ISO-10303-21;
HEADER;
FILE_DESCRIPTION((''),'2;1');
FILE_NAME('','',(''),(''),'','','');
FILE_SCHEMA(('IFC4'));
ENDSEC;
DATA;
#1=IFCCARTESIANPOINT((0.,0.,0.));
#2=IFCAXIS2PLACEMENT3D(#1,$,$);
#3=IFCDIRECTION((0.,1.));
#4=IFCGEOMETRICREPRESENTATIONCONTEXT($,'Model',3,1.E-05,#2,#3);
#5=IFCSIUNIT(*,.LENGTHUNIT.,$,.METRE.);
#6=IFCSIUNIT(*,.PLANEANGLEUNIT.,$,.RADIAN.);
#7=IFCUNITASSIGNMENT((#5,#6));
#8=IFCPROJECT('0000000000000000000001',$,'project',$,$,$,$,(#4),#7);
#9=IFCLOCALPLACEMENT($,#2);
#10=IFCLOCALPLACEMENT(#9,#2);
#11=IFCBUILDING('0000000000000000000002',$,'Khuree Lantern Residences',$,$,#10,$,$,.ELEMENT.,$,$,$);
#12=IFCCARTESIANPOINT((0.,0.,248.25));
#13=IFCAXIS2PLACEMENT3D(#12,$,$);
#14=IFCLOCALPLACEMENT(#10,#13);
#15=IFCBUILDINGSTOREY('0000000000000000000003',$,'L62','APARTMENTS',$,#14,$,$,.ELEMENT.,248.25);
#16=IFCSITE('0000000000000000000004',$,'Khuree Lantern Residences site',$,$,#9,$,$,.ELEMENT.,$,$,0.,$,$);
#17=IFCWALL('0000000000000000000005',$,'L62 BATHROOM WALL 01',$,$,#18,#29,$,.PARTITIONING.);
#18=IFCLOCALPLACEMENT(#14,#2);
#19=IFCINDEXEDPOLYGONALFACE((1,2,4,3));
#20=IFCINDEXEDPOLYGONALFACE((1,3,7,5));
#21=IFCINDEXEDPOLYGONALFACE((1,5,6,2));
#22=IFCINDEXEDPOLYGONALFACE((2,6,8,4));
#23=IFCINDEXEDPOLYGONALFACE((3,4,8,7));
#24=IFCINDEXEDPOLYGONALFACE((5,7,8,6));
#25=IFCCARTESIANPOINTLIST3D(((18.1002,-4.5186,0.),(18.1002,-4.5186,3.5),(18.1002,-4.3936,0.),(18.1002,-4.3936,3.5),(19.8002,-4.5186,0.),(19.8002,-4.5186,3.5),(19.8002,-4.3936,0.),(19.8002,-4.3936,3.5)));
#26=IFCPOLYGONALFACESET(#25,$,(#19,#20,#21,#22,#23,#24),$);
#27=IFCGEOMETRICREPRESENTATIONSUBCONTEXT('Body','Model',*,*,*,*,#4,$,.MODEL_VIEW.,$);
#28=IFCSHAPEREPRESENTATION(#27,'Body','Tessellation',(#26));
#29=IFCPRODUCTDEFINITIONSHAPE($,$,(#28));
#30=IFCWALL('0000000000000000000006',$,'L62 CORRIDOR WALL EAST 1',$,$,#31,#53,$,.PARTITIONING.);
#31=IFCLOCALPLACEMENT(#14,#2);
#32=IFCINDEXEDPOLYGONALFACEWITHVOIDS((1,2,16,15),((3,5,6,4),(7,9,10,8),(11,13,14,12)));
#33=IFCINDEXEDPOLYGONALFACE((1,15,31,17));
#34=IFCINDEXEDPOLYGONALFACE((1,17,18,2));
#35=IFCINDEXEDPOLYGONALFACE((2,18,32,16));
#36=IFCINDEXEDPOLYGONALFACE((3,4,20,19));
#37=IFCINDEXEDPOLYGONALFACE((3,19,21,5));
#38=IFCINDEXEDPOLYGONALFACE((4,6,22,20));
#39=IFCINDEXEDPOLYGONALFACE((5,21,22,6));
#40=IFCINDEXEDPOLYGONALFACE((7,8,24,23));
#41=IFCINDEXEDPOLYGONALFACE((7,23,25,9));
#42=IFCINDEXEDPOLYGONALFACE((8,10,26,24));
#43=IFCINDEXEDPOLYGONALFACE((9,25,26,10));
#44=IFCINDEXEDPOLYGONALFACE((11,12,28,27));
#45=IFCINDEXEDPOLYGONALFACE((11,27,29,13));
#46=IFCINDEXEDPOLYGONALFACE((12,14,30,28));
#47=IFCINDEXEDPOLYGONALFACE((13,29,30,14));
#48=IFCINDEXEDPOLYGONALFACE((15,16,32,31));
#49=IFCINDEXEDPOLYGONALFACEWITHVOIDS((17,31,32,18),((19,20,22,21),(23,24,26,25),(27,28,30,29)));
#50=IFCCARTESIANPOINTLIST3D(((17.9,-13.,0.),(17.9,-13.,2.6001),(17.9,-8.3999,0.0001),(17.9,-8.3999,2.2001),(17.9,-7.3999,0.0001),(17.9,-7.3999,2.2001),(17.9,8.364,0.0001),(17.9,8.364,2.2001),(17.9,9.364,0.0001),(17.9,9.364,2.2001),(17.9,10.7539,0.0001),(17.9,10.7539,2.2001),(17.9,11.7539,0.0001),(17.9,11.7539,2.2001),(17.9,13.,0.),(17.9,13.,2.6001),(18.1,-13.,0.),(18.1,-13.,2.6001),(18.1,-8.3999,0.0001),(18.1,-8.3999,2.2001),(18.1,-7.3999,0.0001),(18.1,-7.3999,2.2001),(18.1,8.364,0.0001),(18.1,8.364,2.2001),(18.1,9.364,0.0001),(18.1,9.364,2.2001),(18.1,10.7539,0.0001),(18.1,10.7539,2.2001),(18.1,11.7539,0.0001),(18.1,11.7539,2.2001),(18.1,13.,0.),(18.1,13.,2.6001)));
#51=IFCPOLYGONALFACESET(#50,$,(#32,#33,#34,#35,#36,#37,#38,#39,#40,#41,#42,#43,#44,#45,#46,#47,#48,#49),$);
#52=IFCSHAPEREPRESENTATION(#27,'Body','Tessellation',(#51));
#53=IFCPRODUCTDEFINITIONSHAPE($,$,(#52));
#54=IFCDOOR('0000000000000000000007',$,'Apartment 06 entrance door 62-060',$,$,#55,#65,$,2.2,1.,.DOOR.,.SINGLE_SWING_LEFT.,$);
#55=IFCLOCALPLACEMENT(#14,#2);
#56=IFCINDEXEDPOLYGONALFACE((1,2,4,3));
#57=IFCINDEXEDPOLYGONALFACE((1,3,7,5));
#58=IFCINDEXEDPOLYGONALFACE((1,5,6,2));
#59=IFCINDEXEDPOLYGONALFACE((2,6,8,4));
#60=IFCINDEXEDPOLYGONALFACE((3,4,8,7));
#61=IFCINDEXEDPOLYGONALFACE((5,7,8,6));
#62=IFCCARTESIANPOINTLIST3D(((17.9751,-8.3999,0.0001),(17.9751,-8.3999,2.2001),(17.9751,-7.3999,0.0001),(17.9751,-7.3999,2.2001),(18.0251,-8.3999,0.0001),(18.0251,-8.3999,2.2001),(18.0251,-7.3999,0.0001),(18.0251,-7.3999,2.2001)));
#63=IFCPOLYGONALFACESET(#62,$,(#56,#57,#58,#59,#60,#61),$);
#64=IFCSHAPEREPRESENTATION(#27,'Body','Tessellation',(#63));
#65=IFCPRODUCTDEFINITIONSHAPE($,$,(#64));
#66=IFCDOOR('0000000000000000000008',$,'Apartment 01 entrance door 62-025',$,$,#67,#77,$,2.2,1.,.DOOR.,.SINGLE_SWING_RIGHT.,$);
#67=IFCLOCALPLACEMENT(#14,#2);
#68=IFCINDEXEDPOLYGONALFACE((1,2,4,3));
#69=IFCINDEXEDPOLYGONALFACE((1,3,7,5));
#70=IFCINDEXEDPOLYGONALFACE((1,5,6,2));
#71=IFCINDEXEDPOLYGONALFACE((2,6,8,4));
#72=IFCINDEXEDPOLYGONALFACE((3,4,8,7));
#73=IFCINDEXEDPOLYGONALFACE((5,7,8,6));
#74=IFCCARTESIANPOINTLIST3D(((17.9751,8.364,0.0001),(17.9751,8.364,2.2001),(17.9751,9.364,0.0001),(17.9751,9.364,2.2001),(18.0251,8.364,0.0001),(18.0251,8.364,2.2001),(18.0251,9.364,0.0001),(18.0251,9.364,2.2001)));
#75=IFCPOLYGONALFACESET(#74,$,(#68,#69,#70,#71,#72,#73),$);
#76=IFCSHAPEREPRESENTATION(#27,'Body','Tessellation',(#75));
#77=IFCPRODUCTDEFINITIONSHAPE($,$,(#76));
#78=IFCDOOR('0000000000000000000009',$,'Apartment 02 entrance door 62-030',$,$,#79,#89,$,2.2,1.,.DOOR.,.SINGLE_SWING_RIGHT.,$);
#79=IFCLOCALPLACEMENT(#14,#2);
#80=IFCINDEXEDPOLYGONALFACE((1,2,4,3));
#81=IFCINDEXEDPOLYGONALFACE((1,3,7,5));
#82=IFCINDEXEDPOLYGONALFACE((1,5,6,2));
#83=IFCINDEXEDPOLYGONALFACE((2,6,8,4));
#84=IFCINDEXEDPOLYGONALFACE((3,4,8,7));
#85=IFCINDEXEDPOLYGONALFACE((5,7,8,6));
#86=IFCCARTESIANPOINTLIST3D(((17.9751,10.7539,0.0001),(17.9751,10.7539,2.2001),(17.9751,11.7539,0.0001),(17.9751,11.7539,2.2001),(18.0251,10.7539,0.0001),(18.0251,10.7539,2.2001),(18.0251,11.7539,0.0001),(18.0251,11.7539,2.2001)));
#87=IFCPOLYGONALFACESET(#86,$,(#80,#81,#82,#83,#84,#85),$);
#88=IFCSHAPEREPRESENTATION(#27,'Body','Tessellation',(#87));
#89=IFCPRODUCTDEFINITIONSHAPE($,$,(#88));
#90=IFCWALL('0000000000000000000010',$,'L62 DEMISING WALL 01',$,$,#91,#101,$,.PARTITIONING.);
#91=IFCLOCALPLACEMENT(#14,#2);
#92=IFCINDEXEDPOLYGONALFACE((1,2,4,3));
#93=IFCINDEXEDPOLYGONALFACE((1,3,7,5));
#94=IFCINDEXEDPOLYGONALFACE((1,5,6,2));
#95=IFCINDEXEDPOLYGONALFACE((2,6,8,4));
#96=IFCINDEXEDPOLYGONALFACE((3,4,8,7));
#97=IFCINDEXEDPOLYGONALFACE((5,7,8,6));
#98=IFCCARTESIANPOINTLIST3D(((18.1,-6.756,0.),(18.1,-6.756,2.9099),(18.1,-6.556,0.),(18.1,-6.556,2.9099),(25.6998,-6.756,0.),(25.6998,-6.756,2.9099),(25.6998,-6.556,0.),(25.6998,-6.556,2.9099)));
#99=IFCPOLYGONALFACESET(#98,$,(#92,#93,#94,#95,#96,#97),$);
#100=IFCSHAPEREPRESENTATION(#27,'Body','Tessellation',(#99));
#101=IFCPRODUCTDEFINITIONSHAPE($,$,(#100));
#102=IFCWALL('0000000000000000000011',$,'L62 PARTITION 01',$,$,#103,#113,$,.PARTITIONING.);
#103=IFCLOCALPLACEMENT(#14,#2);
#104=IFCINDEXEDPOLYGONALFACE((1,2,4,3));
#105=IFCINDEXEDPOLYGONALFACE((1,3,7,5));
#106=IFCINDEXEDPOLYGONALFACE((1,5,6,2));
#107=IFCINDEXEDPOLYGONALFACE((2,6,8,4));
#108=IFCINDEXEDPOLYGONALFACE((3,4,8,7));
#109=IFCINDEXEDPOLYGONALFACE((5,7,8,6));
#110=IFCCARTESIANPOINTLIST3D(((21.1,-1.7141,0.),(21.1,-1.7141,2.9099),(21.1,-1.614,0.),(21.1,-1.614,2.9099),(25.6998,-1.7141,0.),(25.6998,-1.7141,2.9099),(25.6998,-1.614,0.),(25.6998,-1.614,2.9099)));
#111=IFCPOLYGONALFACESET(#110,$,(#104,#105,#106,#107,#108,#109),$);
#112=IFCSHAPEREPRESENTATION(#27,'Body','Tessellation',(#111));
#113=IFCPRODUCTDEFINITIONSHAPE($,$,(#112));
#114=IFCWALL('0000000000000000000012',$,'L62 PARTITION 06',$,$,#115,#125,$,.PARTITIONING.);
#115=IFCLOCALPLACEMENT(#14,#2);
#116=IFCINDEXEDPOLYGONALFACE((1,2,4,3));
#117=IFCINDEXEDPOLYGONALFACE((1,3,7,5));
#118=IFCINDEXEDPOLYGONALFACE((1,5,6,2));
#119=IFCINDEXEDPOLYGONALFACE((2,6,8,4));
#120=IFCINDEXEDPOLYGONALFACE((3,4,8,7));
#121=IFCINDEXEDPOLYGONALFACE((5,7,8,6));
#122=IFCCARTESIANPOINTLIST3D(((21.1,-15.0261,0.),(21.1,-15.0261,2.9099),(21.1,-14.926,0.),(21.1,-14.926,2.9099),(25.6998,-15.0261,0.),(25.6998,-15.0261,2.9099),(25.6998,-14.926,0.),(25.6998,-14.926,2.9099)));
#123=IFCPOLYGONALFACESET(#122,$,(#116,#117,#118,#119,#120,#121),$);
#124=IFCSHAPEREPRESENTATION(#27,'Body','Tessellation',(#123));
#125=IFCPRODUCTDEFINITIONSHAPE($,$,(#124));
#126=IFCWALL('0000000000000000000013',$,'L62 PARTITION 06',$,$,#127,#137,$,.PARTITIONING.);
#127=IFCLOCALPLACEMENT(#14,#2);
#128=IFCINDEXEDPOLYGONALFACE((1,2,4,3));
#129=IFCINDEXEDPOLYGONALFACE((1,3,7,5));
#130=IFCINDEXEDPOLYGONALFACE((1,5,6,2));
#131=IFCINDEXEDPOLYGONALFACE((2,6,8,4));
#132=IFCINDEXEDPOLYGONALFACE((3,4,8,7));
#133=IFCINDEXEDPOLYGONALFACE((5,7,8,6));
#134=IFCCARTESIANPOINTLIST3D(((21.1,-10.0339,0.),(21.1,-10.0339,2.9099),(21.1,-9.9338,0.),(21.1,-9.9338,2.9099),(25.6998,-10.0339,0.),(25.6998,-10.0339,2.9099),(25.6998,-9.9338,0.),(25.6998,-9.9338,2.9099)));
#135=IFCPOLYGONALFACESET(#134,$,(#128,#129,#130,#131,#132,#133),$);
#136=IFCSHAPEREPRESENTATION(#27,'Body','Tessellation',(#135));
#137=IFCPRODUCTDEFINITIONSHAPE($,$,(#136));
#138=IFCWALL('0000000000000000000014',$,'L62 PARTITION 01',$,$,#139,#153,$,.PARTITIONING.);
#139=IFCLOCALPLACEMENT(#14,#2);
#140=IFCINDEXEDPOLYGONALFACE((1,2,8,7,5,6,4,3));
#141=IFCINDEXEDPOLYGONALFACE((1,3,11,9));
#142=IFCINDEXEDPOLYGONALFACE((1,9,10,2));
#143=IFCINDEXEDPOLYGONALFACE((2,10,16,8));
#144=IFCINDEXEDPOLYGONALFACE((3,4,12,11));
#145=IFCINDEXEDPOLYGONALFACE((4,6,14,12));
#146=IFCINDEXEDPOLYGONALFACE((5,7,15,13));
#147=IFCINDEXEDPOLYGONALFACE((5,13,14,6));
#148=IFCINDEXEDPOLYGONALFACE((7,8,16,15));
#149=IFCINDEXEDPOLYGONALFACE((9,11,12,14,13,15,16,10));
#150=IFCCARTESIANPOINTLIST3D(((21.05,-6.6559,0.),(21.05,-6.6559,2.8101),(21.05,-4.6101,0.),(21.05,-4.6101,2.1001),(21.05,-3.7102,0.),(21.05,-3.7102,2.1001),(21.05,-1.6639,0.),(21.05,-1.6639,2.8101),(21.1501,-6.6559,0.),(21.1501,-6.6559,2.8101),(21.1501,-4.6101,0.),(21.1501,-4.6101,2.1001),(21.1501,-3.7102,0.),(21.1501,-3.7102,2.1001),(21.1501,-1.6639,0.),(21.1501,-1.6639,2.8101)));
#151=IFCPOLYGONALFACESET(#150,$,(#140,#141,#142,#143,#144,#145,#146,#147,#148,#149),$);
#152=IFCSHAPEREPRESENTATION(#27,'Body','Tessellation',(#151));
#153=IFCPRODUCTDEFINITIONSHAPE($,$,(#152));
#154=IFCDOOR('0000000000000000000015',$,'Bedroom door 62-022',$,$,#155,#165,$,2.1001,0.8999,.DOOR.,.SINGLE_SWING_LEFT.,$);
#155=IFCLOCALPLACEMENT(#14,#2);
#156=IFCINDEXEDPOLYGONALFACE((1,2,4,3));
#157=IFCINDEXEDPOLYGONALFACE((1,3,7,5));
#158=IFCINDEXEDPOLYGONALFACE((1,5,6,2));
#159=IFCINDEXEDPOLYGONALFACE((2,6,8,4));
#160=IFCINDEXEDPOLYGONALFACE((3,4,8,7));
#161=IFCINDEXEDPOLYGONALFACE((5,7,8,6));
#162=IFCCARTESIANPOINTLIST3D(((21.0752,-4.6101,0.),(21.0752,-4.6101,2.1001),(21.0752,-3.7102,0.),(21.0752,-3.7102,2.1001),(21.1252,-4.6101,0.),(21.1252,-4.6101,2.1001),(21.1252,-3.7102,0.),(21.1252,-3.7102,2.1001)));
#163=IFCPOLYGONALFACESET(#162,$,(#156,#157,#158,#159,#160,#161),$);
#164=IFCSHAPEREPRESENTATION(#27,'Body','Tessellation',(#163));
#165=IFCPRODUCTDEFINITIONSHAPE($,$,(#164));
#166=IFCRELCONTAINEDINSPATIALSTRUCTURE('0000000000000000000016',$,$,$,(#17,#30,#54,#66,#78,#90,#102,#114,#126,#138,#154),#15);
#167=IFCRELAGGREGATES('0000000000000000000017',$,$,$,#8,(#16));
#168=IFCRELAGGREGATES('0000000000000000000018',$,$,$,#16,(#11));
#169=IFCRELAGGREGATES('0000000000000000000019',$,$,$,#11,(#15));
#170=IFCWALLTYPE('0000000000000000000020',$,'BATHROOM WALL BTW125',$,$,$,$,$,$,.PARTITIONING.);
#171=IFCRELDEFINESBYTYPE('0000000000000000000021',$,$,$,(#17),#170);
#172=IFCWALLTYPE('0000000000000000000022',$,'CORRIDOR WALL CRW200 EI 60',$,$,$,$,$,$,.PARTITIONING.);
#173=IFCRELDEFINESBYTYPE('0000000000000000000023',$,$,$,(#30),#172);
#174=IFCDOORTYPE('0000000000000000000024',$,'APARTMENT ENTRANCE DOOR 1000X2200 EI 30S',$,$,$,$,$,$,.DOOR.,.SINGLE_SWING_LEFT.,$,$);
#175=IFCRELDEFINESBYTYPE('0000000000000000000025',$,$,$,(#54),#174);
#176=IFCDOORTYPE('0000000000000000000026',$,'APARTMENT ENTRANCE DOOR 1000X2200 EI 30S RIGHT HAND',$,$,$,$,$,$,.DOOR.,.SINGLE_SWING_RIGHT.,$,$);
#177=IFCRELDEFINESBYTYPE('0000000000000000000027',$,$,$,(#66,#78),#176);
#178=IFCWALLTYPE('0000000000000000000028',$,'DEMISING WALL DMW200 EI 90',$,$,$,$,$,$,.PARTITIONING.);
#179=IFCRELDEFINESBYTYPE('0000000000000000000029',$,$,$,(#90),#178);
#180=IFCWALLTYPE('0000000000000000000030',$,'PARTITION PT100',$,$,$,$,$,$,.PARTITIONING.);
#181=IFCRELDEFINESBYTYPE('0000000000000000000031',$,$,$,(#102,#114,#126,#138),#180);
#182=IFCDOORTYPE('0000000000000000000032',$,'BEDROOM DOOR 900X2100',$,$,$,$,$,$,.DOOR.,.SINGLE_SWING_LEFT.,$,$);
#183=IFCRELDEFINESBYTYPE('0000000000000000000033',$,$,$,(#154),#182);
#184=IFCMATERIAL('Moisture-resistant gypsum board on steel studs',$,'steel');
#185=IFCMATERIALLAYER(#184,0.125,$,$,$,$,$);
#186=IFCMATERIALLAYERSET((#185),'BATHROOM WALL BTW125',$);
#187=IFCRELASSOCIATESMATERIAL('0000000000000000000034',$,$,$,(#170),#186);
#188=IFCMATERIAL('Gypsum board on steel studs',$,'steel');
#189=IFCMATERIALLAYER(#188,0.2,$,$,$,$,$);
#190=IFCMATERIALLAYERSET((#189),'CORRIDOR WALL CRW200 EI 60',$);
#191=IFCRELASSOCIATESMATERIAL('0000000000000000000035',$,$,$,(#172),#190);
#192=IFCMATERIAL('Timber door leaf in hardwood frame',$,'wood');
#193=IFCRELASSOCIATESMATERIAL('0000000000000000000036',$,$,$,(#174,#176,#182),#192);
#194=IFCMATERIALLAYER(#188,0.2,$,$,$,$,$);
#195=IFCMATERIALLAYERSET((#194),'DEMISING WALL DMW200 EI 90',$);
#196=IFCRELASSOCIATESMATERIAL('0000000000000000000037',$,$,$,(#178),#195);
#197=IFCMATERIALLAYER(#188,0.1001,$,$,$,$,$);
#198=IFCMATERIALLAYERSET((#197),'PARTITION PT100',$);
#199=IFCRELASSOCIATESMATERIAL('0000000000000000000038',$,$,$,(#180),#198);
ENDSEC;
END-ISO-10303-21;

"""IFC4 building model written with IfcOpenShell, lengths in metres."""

from ifc_helpers import new_model, si_unit, direction, frame, frame_2d, origin, place, context, subcontext, project, spatial, rectangle, extrude, material, layer, layer_set, type_object, element, fill, save


model = new_model("IFC4")

# Units and contexts
model_context = context("Model", 3, precision=1e-05, world=origin(), true_north=direction((0.0, 1.0)))
body_context = subcontext(model_context, "Body", "Model", "MODEL_VIEW")
ifc_project = project(units=[si_unit("LENGTHUNIT", "METRE"), si_unit("PLANEANGLEUNIT", "RADIAN")], contexts=[model_context])

# Site, building, storey
site_placement = place(None, origin())
site = spatial("IfcSite", under=ifc_project, at=site_placement, Name="Khuree Lantern Residences site", CompositionType="ELEMENT", RefElevation=0.0)
building_placement = place(site_placement, origin())
building = spatial("IfcBuilding", under=site, at=building_placement, Name="Khuree Lantern Residences", CompositionType="ELEMENT")
storey_placement = place(building_placement, frame((0.0, 0.0, 248.25)))
storey = spatial("IfcBuildingStorey", under=building, at=storey_placement, Name="L62", Description="APARTMENTS", CompositionType="ELEMENT", Elevation=248.25)

# Shared definitions
ifc_material_1 = material(Name="Moisture-resistant gypsum board on steel studs", Category="steel")
ifc_layer_1 = layer(ifc_material_1, 0.125)
ifc_layer_set_1 = layer_set([ifc_layer_1], Name="BATHROOM WALL BTW125")
wall_type_1 = type_object("IfcWallType", Name="BATHROOM WALL BTW125", PredefinedType="PARTITIONING", material=ifc_layer_set_1)
ifc_material_2 = material(Name="Timber door leaf in hardwood frame", Category="wood")

# Wall
wall_1_placement = place(storey_placement, frame((18.1001, -4.4561, 0.0), z_axis=(0.0, 0.0, 1.0), x_axis=(1.0, 0.0, 0.0)))
element("IfcWall", 1, at=wall_1_placement, inside=storey, type_object=wall_type_1, Name="L62 BATHROOM WALL 01", PredefinedType="PARTITIONING", context=body_context, shape_type="SweptSolid", body=[
    extrude(rectangle(XDim=1.7, YDim=0.125, at=frame_2d((0.8501, 0.0))), origin(), (0.0, 0.0, 1.0), 3.5),
])

# Wall, openings, doors
ifc_material_3 = material(Name="Gypsum board on steel studs", Category="steel")
ifc_layer_2 = layer(ifc_material_3, 0.2)
ifc_layer_set_2 = layer_set([ifc_layer_2], Name="CORRIDOR WALL CRW200 EI 60")
wall_type_2 = type_object("IfcWallType", Name="CORRIDOR WALL CRW200 EI 60", PredefinedType="PARTITIONING", material=ifc_layer_set_2)
wall_2_placement = place(storey_placement, frame((18.0, -13.0, 0.0), z_axis=(0.0, 0.0, 1.0), x_axis=(0.0, 1.0, 0.0)))
wall_2 = element("IfcWall", 2, at=wall_2_placement, inside=storey, type_object=wall_type_2, Name="L62 CORRIDOR WALL EAST 1", PredefinedType="PARTITIONING", context=body_context, shape_type="SweptSolid", body=[
    extrude(rectangle(XDim=26.0, YDim=0.2, at=frame_2d((13.0, 0.0))), origin(), (0.0, 0.0, 1.0), 2.6001),
])
opening_1_placement = place(wall_2_placement, frame((21.364, 0.0, 0.0)))
opening_1 = element("IfcOpeningElement", 3, at=opening_1_placement, cuts=wall_2, PredefinedType="OPENING", context=body_context, shape_type="SweptSolid", body=[
    extrude(rectangle(XDim=1.0, YDim=2.2, at=frame_2d((0.5, 1.1001))), frame((0.0, 0.1099, 0.0), z_axis=(0.0, -1.0, 0.0), x_axis=(1.0, 0.0, 0.0)), (0.0, 0.0, 1.0), 0.22),
])
opening_2_placement = place(wall_2_placement, frame((23.7539, 0.0, 0.0)))
opening_2 = element("IfcOpeningElement", 4, at=opening_2_placement, cuts=wall_2, PredefinedType="OPENING", context=body_context, shape_type="SweptSolid", body=[
    extrude(rectangle(XDim=1.0, YDim=2.2, at=frame_2d((0.5, 1.1001))), frame((0.0, 0.1099, 0.0), z_axis=(0.0, -1.0, 0.0), x_axis=(1.0, 0.0, 0.0)), (0.0, 0.0, 1.0), 0.22),
])
opening_3_placement = place(wall_2_placement, frame((4.6001, 0.0, 0.0)))
opening_3 = element("IfcOpeningElement", 5, at=opening_3_placement, cuts=wall_2, PredefinedType="OPENING", context=body_context, shape_type="SweptSolid", body=[
    extrude(rectangle(XDim=1.0, YDim=2.2, at=frame_2d((0.5, 1.1001))), frame((0.0, 0.1099, 0.0), z_axis=(0.0, -1.0, 0.0), x_axis=(1.0, 0.0, 0.0)), (0.0, 0.0, 1.0), 0.22),
])
door_type_1 = type_object("IfcDoorType", Name="APARTMENT ENTRANCE DOOR 1000X2200 EI 30S", OperationType="SINGLE_SWING_LEFT", PredefinedType="DOOR", material=ifc_material_2)
door_1_placement = place(opening_3_placement, origin())
door_1 = element("IfcDoor", 6, at=door_1_placement, inside=storey, type_object=door_type_1, Name="Apartment 06 entrance door 62-060", OperationType="SINGLE_SWING_LEFT", OverallHeight=2.2, OverallWidth=1.0, PredefinedType="DOOR", context=body_context, shape_type="SweptSolid", body=[
    extrude(rectangle(XDim=1.0, YDim=2.2, at=frame_2d((0.5, 1.1001))), frame((0.0, 0.0249, 0.0), z_axis=(0.0, -1.0, 0.0), x_axis=(1.0, 0.0, 0.0)), (0.0, 0.0, 1.0), 0.05),
])
fill(opening_3, door_1)
door_type_2 = type_object("IfcDoorType", Name="APARTMENT ENTRANCE DOOR 1000X2200 EI 30S RIGHT HAND", OperationType="SINGLE_SWING_RIGHT", PredefinedType="DOOR", material=ifc_material_2)
door_2_placement = place(opening_1_placement, origin())
door_2 = element("IfcDoor", 7, at=door_2_placement, inside=storey, type_object=door_type_2, Name="Apartment 01 entrance door 62-025", OperationType="SINGLE_SWING_RIGHT", OverallHeight=2.2, OverallWidth=1.0, PredefinedType="DOOR", context=body_context, shape_type="SweptSolid", body=[
    extrude(rectangle(XDim=1.0, YDim=2.2, at=frame_2d((0.5, 1.1001))), frame((0.0, 0.0249, 0.0), z_axis=(0.0, -1.0, 0.0), x_axis=(1.0, 0.0, 0.0)), (0.0, 0.0, 1.0), 0.05),
])
fill(opening_1, door_2)
door_3_placement = place(opening_2_placement, origin())
door_3 = element("IfcDoor", 8, at=door_3_placement, inside=storey, type_object=door_type_2, Name="Apartment 02 entrance door 62-030", OperationType="SINGLE_SWING_RIGHT", OverallHeight=2.2, OverallWidth=1.0, PredefinedType="DOOR", context=body_context, shape_type="SweptSolid", body=[
    extrude(rectangle(XDim=1.0, YDim=2.2, at=frame_2d((0.5, 1.1001))), frame((0.0, 0.0249, 0.0), z_axis=(0.0, -1.0, 0.0), x_axis=(1.0, 0.0, 0.0)), (0.0, 0.0, 1.0), 0.05),
])
fill(opening_2, door_3)

# Walls
ifc_layer_3 = layer(ifc_material_3, 0.2)
ifc_layer_set_3 = layer_set([ifc_layer_3], Name="DEMISING WALL DMW200 EI 90")
wall_type_3 = type_object("IfcWallType", Name="DEMISING WALL DMW200 EI 90", PredefinedType="PARTITIONING", material=ifc_layer_set_3)
wall_3_placement = place(storey_placement, frame((18.1001, -6.656, 0.0), z_axis=(0.0, 0.0, 1.0), x_axis=(1.0, 0.0, 0.0)))
element("IfcWall", 9, at=wall_3_placement, inside=storey, type_object=wall_type_3, Name="L62 DEMISING WALL 01", PredefinedType="PARTITIONING", context=body_context, shape_type="SweptSolid", body=[
    extrude(rectangle(XDim=7.5999, YDim=0.2, at=frame_2d((3.7998, 0.0))), origin(), (0.0, 0.0, 1.0), 2.9099),
])
ifc_layer_4 = layer(ifc_material_3, 0.1001)
ifc_layer_set_4 = layer_set([ifc_layer_4], Name="PARTITION PT100")
wall_type_4 = type_object("IfcWallType", Name="PARTITION PT100", PredefinedType="PARTITIONING", material=ifc_layer_set_4)
for number, where, z_axis, x_axis, name in (
    (10, (21.1001, -1.6641, 0.0), (0.0, 0.0, 1.0), (1.0, 0.0, 0.0), "L62 PARTITION 01"),
    (11, (21.1001, -14.9761, 0.0), (0.0, 0.0, 1.0), (1.0, 0.0, 0.0), "L62 PARTITION 06"),
    (12, (21.1001, -9.9839, 0.0), (0.0, 0.0, 1.0), (1.0, 0.0, 0.0), "L62 PARTITION 06"),
):
    element("IfcWall", number, at=place(storey_placement, frame(where, z_axis=z_axis, x_axis=x_axis)), inside=storey, type_object=wall_type_4, Name=name, PredefinedType="PARTITIONING", context=body_context, shape_type="SweptSolid", body=[
        extrude(rectangle(XDim=4.5999, YDim=0.1001, at=frame_2d((2.2998, 0.0))), origin(), (0.0, 0.0, 1.0), 2.9099),
    ])

# Wall, opening, door
wall_4_placement = place(storey_placement, frame((21.1001, -6.656, 0.0), z_axis=(0.0, 0.0, 1.0), x_axis=(0.0, 1.0, 0.0)))
wall_4 = element("IfcWall", 13, at=wall_4_placement, inside=storey, type_object=wall_type_4, Name="L62 PARTITION 01", PredefinedType="PARTITIONING", context=body_context, shape_type="SweptSolid", body=[
    extrude(rectangle(XDim=4.9919, YDim=0.1001, at=frame_2d((2.4961, 0.0))), origin(), (0.0, 0.0, 1.0), 2.8101),
])
opening_4_placement = place(wall_4_placement, frame((2.0459, 0.0, 0.0)))
opening_4 = element("IfcOpeningElement", 14, at=opening_4_placement, cuts=wall_4, PredefinedType="OPENING", context=body_context, shape_type="SweptSolid", body=[
    extrude(rectangle(XDim=0.8999, YDim=2.1001, at=frame_2d((0.45, 1.05))), frame((0.0, 0.0601, 0.0), z_axis=(0.0, -1.0, 0.0), x_axis=(1.0, 0.0, 0.0)), (0.0, 0.0, 1.0), 0.1201),
])
door_type_3 = type_object("IfcDoorType", Name="BEDROOM DOOR 900X2100", OperationType="SINGLE_SWING_LEFT", PredefinedType="DOOR", material=ifc_material_2)
door_4_placement = place(opening_4_placement, origin())
door_4 = element("IfcDoor", 15, at=door_4_placement, inside=storey, type_object=door_type_3, Name="Bedroom door 62-022", OperationType="SINGLE_SWING_LEFT", OverallHeight=2.1001, OverallWidth=0.8999, PredefinedType="DOOR", context=body_context, shape_type="SweptSolid", body=[
    extrude(rectangle(XDim=0.8999, YDim=2.1001, at=frame_2d((0.45, 1.05))), frame((0.0, 0.0249, 0.0), z_axis=(0.0, -1.0, 0.0), x_axis=(1.0, 0.0, 0.0)), (0.0, 0.0, 1.0), 0.05),
])
fill(opening_4, door_4)

save(model, "model.ifc")
